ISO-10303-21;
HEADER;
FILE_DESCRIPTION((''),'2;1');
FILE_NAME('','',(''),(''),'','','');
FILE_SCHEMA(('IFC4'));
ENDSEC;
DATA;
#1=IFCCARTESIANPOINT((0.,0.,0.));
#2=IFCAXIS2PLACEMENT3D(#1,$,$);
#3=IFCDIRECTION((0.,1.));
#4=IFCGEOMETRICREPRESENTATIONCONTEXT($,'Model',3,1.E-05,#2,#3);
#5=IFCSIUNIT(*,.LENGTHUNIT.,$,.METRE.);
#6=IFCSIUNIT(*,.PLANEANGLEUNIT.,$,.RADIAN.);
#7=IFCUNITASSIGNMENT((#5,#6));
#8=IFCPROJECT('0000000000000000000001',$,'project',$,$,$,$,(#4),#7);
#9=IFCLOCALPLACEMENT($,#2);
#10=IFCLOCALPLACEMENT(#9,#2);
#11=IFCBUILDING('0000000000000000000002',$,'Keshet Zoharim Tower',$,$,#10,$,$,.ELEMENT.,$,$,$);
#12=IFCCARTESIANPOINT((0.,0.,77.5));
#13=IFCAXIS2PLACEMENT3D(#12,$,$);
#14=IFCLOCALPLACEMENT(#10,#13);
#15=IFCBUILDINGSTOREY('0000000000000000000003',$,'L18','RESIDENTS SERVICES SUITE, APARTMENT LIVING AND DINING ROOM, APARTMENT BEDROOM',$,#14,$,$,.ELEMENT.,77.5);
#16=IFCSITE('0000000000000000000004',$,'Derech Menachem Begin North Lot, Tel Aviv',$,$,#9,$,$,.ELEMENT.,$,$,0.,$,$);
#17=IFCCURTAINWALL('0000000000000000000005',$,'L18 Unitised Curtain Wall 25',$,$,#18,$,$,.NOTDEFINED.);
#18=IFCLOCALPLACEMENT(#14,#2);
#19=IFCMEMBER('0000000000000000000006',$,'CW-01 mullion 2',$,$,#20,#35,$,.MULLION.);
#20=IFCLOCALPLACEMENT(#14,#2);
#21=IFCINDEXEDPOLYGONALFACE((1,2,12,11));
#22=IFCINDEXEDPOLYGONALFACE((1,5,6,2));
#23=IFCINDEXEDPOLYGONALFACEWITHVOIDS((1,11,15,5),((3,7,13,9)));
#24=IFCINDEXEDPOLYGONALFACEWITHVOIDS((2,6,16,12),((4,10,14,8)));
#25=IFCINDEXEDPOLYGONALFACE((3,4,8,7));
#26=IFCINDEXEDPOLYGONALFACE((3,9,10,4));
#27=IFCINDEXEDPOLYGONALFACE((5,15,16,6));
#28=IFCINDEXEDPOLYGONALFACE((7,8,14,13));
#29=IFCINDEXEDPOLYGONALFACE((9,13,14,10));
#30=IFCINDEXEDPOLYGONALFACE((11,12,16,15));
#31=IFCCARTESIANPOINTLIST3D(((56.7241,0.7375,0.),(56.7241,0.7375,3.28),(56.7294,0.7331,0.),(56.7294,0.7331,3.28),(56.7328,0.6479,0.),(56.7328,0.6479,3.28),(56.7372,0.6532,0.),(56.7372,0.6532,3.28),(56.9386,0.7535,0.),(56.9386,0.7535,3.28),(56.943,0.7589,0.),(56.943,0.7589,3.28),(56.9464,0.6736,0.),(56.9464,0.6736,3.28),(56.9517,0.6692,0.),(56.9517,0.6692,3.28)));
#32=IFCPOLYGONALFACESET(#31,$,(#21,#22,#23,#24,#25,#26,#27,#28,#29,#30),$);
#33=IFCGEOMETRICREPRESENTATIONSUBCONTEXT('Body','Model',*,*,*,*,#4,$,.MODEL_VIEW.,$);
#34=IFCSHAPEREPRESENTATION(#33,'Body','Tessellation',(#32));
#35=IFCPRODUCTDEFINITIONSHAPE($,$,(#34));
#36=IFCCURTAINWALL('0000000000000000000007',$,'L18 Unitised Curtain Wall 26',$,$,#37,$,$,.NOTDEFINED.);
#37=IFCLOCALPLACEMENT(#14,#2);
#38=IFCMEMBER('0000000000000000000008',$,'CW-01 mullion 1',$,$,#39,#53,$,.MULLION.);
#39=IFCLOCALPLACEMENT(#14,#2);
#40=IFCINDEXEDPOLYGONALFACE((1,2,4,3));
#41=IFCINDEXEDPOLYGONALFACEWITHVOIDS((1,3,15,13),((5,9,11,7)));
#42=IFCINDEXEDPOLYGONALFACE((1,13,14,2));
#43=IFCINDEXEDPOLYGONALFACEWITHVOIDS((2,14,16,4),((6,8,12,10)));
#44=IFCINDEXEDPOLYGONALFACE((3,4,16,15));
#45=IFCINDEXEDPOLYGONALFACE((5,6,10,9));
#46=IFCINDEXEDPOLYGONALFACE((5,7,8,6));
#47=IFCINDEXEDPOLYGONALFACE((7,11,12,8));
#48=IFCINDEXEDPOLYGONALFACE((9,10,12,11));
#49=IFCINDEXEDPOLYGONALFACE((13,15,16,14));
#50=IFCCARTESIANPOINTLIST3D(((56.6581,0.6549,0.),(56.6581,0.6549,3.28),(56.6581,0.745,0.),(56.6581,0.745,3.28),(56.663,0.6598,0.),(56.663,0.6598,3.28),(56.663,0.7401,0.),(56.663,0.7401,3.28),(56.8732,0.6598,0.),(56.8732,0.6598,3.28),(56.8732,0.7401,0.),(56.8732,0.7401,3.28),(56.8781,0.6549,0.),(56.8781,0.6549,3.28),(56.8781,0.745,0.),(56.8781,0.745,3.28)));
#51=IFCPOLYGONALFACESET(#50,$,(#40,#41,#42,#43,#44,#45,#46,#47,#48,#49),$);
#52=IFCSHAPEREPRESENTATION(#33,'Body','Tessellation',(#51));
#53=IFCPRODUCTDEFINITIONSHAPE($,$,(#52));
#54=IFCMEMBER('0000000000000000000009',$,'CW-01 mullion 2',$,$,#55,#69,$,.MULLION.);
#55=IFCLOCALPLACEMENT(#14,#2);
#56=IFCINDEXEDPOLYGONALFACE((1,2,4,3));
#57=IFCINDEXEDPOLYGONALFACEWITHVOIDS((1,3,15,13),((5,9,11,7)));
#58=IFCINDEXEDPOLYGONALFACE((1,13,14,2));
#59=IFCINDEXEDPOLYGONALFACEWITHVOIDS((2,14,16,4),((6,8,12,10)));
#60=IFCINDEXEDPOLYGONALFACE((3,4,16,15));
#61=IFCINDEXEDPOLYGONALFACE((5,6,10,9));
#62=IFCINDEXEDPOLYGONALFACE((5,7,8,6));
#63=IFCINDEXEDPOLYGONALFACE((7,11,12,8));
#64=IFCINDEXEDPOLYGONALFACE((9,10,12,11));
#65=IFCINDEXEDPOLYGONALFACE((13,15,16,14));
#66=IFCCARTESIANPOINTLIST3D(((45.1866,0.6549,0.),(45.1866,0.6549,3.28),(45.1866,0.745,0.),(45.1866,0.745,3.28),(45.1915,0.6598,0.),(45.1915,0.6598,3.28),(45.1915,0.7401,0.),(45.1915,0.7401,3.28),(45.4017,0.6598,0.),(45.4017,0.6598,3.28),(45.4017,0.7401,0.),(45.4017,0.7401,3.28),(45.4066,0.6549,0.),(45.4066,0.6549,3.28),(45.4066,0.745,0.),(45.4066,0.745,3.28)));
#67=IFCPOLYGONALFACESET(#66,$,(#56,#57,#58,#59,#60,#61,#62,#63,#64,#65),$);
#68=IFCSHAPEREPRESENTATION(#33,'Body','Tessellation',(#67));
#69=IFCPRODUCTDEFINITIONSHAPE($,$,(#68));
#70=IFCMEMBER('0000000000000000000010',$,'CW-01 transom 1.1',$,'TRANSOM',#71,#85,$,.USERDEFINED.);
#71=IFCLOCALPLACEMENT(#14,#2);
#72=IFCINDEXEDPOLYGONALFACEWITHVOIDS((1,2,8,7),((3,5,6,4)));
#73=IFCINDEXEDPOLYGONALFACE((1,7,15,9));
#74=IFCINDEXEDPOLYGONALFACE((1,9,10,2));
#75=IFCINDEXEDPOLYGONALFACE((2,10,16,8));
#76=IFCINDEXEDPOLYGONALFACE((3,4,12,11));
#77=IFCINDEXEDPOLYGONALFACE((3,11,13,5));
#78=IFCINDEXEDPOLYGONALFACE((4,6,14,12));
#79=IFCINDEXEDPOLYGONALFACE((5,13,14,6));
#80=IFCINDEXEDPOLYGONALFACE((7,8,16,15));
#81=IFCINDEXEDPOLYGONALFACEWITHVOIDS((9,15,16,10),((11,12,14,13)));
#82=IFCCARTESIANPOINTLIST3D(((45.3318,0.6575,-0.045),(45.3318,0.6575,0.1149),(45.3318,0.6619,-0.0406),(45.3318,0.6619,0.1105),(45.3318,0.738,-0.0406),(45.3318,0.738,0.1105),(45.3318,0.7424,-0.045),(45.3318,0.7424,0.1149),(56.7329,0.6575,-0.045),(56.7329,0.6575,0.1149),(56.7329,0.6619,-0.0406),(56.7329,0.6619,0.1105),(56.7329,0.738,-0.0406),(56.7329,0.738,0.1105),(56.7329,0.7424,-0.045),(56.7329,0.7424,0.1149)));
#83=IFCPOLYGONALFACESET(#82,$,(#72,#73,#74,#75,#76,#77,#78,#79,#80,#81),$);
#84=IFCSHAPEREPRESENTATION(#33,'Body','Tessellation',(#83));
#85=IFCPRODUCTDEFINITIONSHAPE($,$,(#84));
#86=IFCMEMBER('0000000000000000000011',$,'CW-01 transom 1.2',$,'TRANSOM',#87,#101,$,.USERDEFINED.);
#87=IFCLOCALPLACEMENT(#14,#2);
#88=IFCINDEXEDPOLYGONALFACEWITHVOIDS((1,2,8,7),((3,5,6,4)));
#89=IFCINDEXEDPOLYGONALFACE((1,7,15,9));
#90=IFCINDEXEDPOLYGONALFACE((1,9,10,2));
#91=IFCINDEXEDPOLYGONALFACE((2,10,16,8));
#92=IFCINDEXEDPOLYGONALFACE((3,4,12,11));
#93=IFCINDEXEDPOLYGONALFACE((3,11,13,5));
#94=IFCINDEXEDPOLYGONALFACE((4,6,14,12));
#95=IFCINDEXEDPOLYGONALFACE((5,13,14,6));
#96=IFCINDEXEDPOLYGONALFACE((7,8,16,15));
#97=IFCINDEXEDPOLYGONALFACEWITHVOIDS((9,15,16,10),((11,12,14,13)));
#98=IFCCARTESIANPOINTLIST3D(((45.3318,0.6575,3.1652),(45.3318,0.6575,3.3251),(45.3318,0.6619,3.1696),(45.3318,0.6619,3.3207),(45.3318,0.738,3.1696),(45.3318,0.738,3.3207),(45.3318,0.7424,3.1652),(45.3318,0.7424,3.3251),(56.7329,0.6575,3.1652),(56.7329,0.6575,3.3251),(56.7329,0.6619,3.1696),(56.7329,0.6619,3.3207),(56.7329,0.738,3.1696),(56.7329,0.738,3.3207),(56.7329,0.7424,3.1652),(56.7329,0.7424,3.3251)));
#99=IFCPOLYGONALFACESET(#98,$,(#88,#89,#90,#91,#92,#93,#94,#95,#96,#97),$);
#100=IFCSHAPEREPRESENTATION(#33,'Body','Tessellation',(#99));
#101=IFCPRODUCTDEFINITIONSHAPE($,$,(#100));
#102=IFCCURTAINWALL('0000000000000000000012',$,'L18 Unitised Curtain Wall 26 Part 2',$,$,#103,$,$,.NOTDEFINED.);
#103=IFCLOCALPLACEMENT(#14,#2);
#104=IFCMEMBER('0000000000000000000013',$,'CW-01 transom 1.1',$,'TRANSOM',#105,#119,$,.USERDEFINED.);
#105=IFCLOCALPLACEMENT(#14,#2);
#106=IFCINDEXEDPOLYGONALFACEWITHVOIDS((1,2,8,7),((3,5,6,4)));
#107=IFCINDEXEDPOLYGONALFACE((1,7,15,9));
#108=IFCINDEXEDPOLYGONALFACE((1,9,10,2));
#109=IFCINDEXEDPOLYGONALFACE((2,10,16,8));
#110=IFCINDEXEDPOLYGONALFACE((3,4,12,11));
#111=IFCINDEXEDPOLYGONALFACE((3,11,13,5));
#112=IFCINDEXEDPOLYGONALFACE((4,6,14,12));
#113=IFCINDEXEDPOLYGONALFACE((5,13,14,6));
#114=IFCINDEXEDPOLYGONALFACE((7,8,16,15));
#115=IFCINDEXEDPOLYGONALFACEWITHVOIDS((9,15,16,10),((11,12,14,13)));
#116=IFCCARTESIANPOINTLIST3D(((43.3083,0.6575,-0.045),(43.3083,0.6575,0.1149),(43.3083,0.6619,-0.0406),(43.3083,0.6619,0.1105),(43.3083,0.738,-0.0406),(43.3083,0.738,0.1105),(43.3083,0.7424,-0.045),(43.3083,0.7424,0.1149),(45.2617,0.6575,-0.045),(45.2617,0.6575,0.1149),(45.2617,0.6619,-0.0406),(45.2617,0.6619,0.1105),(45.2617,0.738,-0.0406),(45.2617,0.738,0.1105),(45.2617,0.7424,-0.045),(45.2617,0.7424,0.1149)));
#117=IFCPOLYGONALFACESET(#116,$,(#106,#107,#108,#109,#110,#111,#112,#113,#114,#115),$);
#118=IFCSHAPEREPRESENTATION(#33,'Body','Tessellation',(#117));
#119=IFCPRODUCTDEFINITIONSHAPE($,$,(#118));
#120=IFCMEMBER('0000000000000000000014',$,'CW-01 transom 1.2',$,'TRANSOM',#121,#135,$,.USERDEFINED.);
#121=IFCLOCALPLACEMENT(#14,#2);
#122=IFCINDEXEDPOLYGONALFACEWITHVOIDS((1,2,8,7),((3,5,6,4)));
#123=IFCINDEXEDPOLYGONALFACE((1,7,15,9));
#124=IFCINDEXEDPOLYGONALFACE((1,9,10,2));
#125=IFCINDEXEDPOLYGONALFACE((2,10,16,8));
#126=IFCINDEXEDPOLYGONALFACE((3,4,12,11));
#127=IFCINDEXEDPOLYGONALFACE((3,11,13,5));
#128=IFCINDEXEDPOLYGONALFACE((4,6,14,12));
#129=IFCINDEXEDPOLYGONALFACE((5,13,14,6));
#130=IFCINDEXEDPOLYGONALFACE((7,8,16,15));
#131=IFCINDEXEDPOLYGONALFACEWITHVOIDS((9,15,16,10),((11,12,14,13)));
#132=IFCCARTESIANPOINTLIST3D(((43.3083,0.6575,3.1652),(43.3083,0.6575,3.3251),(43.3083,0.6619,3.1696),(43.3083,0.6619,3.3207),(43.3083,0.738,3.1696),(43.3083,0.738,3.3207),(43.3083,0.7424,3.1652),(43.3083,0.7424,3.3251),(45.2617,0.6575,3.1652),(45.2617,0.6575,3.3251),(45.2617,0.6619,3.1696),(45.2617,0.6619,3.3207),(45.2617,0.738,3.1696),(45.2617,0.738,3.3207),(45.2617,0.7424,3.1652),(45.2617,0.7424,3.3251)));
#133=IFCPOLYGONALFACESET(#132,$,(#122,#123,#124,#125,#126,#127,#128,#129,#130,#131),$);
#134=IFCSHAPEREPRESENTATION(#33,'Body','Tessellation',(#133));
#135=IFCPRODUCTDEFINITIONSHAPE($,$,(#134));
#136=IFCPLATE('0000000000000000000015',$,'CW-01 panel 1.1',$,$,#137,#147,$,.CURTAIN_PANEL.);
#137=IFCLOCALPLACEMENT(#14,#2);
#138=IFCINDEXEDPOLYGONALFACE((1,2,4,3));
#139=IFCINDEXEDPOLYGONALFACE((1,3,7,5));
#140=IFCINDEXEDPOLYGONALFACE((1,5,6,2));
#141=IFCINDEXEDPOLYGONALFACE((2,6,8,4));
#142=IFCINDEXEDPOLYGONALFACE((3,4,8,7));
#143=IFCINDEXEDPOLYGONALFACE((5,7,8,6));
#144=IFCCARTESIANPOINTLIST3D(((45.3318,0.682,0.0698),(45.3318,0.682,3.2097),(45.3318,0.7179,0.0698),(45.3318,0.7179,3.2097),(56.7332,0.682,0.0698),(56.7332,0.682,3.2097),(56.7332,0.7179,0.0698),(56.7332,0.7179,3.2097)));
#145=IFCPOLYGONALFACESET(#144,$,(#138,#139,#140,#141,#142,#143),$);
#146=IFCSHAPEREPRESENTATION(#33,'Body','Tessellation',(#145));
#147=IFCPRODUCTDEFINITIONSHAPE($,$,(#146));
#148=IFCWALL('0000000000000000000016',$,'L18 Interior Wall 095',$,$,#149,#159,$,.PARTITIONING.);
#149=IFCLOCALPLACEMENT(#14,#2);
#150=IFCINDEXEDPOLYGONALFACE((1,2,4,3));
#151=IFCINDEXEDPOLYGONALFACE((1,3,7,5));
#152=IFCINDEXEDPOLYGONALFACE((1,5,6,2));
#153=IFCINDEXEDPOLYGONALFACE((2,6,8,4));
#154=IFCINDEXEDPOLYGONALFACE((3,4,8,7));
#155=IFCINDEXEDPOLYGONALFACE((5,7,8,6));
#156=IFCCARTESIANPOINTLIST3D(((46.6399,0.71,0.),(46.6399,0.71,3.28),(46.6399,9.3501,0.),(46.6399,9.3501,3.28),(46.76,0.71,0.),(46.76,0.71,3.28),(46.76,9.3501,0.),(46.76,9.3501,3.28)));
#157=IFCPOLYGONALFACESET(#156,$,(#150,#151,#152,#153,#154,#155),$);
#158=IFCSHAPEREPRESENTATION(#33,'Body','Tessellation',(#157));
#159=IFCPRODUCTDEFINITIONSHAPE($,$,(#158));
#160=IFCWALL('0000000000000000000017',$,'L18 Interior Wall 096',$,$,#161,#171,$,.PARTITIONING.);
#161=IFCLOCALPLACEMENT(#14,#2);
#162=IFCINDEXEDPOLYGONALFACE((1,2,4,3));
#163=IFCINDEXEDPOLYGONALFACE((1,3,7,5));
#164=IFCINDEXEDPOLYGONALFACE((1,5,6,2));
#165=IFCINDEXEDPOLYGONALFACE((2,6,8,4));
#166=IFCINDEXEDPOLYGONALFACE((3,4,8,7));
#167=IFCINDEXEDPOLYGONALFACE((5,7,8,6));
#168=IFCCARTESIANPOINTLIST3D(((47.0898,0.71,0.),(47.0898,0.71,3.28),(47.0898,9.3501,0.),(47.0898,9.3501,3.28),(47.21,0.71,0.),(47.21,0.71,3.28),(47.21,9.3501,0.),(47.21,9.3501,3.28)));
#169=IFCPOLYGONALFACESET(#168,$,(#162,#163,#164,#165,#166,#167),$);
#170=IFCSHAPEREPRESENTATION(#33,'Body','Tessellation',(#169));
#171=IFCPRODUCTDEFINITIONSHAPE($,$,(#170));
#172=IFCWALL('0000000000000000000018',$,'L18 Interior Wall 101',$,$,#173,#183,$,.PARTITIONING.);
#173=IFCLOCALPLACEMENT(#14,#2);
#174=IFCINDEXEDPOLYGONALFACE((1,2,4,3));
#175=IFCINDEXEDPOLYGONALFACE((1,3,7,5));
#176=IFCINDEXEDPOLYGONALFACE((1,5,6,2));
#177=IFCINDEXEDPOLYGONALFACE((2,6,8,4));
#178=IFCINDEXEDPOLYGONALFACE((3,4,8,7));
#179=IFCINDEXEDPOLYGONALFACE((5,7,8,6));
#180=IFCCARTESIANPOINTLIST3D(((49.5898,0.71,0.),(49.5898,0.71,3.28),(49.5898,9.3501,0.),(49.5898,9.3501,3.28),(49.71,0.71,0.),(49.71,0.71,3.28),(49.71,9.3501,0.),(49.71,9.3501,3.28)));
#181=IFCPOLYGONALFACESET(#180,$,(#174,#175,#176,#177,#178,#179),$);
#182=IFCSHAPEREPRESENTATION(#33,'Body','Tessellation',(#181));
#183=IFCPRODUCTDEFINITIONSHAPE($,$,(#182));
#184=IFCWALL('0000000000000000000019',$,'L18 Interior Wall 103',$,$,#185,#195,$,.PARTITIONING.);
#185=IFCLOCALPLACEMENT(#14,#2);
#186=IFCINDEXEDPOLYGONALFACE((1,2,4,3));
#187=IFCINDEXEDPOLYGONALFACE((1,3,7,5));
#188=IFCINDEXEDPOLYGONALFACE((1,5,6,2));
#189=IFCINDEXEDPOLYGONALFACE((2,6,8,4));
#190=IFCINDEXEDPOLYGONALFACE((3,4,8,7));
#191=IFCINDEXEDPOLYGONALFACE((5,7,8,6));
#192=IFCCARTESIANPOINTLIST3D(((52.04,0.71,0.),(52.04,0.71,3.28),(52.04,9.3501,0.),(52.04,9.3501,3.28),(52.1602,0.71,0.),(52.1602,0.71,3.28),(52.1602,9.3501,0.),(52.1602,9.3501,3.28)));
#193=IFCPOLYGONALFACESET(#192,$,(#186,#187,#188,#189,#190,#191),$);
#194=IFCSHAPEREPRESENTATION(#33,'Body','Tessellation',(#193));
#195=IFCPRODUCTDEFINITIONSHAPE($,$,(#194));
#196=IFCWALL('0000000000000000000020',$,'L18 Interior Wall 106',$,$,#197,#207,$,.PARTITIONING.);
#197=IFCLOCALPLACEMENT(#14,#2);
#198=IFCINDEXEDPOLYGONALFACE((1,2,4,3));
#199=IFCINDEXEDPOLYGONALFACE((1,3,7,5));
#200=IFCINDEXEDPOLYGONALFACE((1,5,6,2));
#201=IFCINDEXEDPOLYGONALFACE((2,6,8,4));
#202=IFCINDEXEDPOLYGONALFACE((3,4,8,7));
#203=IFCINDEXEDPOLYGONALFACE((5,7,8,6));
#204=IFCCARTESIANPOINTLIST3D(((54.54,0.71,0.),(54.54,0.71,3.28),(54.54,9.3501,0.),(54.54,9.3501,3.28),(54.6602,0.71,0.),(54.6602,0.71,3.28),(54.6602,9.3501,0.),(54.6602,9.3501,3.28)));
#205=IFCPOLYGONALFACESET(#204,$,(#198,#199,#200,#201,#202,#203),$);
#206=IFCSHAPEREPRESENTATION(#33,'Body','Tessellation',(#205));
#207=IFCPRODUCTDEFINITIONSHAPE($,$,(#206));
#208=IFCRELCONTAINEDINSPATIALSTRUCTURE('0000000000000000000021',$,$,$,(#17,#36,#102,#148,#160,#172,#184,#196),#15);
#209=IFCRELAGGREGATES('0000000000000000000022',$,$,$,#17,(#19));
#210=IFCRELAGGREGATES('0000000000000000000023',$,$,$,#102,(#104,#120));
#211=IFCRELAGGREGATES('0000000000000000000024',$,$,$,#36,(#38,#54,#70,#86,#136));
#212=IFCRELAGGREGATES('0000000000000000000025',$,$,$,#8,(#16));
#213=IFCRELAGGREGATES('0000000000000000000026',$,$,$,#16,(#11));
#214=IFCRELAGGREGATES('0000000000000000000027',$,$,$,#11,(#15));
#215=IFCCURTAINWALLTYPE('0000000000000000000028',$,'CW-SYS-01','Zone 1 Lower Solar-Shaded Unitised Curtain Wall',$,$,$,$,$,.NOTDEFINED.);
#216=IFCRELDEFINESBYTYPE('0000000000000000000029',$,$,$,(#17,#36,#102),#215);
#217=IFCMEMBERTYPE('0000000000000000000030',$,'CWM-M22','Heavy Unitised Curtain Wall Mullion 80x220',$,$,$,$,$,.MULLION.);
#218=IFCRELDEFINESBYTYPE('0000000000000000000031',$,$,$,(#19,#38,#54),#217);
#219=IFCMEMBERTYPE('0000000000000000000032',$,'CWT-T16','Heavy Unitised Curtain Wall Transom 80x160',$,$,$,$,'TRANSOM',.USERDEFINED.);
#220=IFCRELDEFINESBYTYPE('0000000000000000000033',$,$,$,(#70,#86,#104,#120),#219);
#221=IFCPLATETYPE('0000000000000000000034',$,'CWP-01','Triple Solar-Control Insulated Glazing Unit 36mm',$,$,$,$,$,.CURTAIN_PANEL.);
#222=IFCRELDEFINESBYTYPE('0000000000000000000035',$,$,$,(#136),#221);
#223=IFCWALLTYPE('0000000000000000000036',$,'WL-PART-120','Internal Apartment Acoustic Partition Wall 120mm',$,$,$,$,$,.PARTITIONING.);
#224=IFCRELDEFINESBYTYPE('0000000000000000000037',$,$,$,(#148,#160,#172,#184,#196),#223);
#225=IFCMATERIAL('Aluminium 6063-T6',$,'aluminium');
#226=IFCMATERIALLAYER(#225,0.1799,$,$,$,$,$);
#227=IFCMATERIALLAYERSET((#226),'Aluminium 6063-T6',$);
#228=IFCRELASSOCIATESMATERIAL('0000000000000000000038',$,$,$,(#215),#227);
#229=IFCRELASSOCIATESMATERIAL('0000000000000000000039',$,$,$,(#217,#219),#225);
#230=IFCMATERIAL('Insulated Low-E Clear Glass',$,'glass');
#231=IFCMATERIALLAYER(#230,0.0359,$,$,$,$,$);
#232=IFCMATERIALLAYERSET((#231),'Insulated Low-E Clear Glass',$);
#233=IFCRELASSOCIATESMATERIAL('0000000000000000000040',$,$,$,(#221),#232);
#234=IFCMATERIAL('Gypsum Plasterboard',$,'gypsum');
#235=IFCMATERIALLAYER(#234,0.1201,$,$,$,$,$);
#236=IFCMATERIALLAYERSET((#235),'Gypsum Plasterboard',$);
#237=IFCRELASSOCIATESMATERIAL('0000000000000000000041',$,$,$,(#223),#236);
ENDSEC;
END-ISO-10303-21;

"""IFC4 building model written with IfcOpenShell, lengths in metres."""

from ifc_helpers import new_model, si_unit, direction, frame, frame_2d, origin, origin_2d, place, context, subcontext, project, spatial, rectangle, hollow_rectangle, extrude, material, layer, layer_set, material_profile, profile_set, type_object, element, aggregate, save


model = new_model("IFC4")

# Units and contexts
model_context = context("Model", 3, precision=1e-05, world=origin(), true_north=direction((0.0, 1.0)))
body_context = subcontext(model_context, "Body", "Model", "MODEL_VIEW")
ifc_project = project(units=[si_unit("LENGTHUNIT", "METRE"), si_unit("PLANEANGLEUNIT", "RADIAN")], contexts=[model_context])

# Site, building, storey
site_placement = place(None, origin())
site = spatial("IfcSite", under=ifc_project, at=site_placement, Name="Derech Menachem Begin North Lot, Tel Aviv", CompositionType="ELEMENT", RefElevation=0.0)
building_placement = place(site_placement, origin())
building = spatial("IfcBuilding", under=site, at=building_placement, Name="Keshet Zoharim Tower", CompositionType="ELEMENT")
storey_placement = place(building_placement, frame((0.0, 0.0, 77.5)))
storey = spatial("IfcBuildingStorey", under=building, at=storey_placement, Name="L18", Description="RESIDENTS SERVICES SUITE, APARTMENT LIVING AND DINING ROOM, APARTMENT BEDROOM", CompositionType="ELEMENT", Elevation=77.5)

# Curtain wall, member
ifc_material_1 = material(Name="Aluminium 6063-T6", Category="aluminium")
ifc_layer_1 = layer(ifc_material_1, 0.1799)
ifc_layer_set_1 = layer_set([ifc_layer_1], Name="Aluminium 6063-T6")
curtain_wall_type = type_object("IfcCurtainWallType", Name="CW-SYS-01", Description="Zone 1 Lower Solar-Shaded Unitised Curtain Wall", PredefinedType="NOTDEFINED", material=ifc_layer_set_1)
curtain_wall_1_placement = place(storey_placement, origin())
curtain_wall_1 = element("IfcCurtainWall", 1, at=curtain_wall_1_placement, inside=storey, type_object=curtain_wall_type, Name="L18 Unitised Curtain Wall 25", PredefinedType="NOTDEFINED")
ifc_material_profile_1 = material_profile(ifc_material_1, hollow_rectangle(XDim=0.0901, YDim=0.22, WallThickness=0.0049, at=origin_2d()), Name="MUL-90x220")
ifc_profile_set_1 = profile_set([ifc_material_profile_1], Name="Aluminium 6063-T6")
member_type_1 = type_object("IfcMemberType", Name="CWM-M22", Description="Heavy Unitised Curtain Wall Mullion 80x220", PredefinedType="MULLION", material=ifc_profile_set_1)
member_1_placement = place(storey_placement, frame((56.8379, 0.7034, 0.0), z_axis=(0.0, 0.0, 1.0), x_axis=(0.096977, -0.995287, 0.0)))
member_1 = element("IfcMember", 2, at=member_1_placement, type_object=member_type_1, Name="CW-01 mullion 2", PredefinedType="MULLION", context=body_context, shape_type="SweptSolid", body=[
    extrude(hollow_rectangle(XDim=0.0901, YDim=0.22, WallThickness=0.0049, at=origin_2d()), origin(), (0.0, 0.0, 1.0), 3.28),
])
aggregate(curtain_wall_1, [member_1])

# Curtain walls, members
curtain_wall_2_placement = place(storey_placement, origin())
curtain_wall_2 = element("IfcCurtainWall", 3, at=curtain_wall_2_placement, inside=storey, type_object=curtain_wall_type, Name="L18 Unitised Curtain Wall 26", PredefinedType="NOTDEFINED")
member_2_placement = place(storey_placement, frame((56.7681, 0.7, 0.0), z_axis=(0.0, 0.0, 1.0), x_axis=(0.0, -1.0, 0.0)))
member_2 = element("IfcMember", 4, at=member_2_placement, type_object=member_type_1, Name="CW-01 mullion 1", PredefinedType="MULLION", context=body_context, shape_type="SweptSolid", body=[
    extrude(hollow_rectangle(XDim=0.0901, YDim=0.22, WallThickness=0.0049, at=origin_2d()), origin(), (0.0, 0.0, 1.0), 3.28),
])
member_3_placement = place(storey_placement, frame((45.2966, 0.7, 0.0), z_axis=(0.0, 0.0, 1.0), x_axis=(0.0, -1.0, 0.0)))
member_3 = element("IfcMember", 5, at=member_3_placement, type_object=member_type_1, Name="CW-01 mullion 2", PredefinedType="MULLION", context=body_context, shape_type="SweptSolid", body=[
    extrude(hollow_rectangle(XDim=0.0901, YDim=0.22, WallThickness=0.0049, at=origin_2d()), origin(), (0.0, 0.0, 1.0), 3.28),
])
ifc_material_profile_2 = material_profile(ifc_material_1, hollow_rectangle(XDim=0.085, YDim=0.1599, WallThickness=0.0044, at=origin_2d()), Name="TRN-85x160")
ifc_profile_set_2 = profile_set([ifc_material_profile_2], Name="Aluminium 6063-T6")
member_type_2 = type_object("IfcMemberType", Name="CWT-T16", Description="Heavy Unitised Curtain Wall Transom 80x160", ElementType="TRANSOM", PredefinedType="USERDEFINED", material=ifc_profile_set_2)
member_4_placement = place(storey_placement, frame((56.7329, 0.7, 0.0349), z_axis=(-1.0, 0.0, 0.0), x_axis=(0.0, -1.0, 0.0)))
member_4 = element("IfcMember", 6, at=member_4_placement, type_object=member_type_2, Name="CW-01 transom 1.1", ObjectType="TRANSOM", PredefinedType="USERDEFINED", context=body_context, shape_type="SweptSolid", body=[
    extrude(hollow_rectangle(XDim=0.085, YDim=0.1599, WallThickness=0.0044, at=origin_2d()), origin(), (0.0, 0.0, 1.0), 11.4011),
])
member_5_placement = place(storey_placement, frame((56.7329, 0.7, 3.2451), z_axis=(-1.0, 0.0, 0.0), x_axis=(0.0, -1.0, 0.0)))
member_5 = element("IfcMember", 7, at=member_5_placement, type_object=member_type_2, Name="CW-01 transom 1.2", ObjectType="TRANSOM", PredefinedType="USERDEFINED", context=body_context, shape_type="SweptSolid", body=[
    extrude(hollow_rectangle(XDim=0.085, YDim=0.1599, WallThickness=0.0044, at=origin_2d()), origin(), (0.0, 0.0, 1.0), 11.4011),
])
curtain_wall_3_placement = place(storey_placement, origin())
curtain_wall_3 = element("IfcCurtainWall", 8, at=curtain_wall_3_placement, inside=storey, type_object=curtain_wall_type, Name="L18 Unitised Curtain Wall 26 Part 2", PredefinedType="NOTDEFINED")
member_6_placement = place(storey_placement, frame((45.2617, 0.7, 0.0349), z_axis=(-1.0, 0.0, 0.0), x_axis=(0.0, -1.0, 0.0)))
member_6 = element("IfcMember", 9, at=member_6_placement, type_object=member_type_2, Name="CW-01 transom 1.1", ObjectType="TRANSOM", PredefinedType="USERDEFINED", context=body_context, shape_type="SweptSolid", body=[
    extrude(hollow_rectangle(XDim=0.085, YDim=0.1599, WallThickness=0.0044, at=origin_2d()), origin(), (0.0, 0.0, 1.0), 1.9534),
])
member_7_placement = place(storey_placement, frame((45.2617, 0.7, 3.2451), z_axis=(-1.0, 0.0, 0.0), x_axis=(0.0, -1.0, 0.0)))
member_7 = element("IfcMember", 10, at=member_7_placement, type_object=member_type_2, Name="CW-01 transom 1.2", ObjectType="TRANSOM", PredefinedType="USERDEFINED", context=body_context, shape_type="SweptSolid", body=[
    extrude(hollow_rectangle(XDim=0.085, YDim=0.1599, WallThickness=0.0044, at=origin_2d()), origin(), (0.0, 0.0, 1.0), 1.9534),
])
aggregate(curtain_wall_3, [member_6, member_7])

# Plate
ifc_material_2 = material(Name="Insulated Low-E Clear Glass", Category="glass")
ifc_layer_2 = layer(ifc_material_2, 0.0359)
ifc_layer_set_2 = layer_set([ifc_layer_2], Name="Insulated Low-E Clear Glass")
plate_type = type_object("IfcPlateType", Name="CWP-01", Description="Triple Solar-Control Insulated Glazing Unit 36mm", PredefinedType="CURTAIN_PANEL", material=ifc_layer_set_2)
plate_placement = place(storey_placement, frame((51.0325, 0.7, 0.0698), z_axis=(0.0, 0.0, 1.0), x_axis=(-1.0, 0.0, 0.0)))
plate = element("IfcPlate", 11, at=plate_placement, type_object=plate_type, Name="CW-01 panel 1.1", PredefinedType="CURTAIN_PANEL", context=body_context, shape_type="SweptSolid", body=[
    extrude(rectangle(XDim=11.4014, YDim=0.0359, at=origin_2d()), origin(), (0.0, 0.0, 1.0), 3.1399),
])
aggregate(curtain_wall_2, [member_2, member_3, member_4, member_5, plate])

# Walls
ifc_material_3 = material(Name="Gypsum Plasterboard", Category="gypsum")
ifc_layer_3 = layer(ifc_material_3, 0.1201)
ifc_layer_set_3 = layer_set([ifc_layer_3], Name="Gypsum Plasterboard")
wall_type = type_object("IfcWallType", Name="WL-PART-120", Description="Internal Apartment Acoustic Partition Wall 120mm", PredefinedType="PARTITIONING", material=ifc_layer_set_3)
for number, where, z_axis, x_axis, name in (
    (12, (46.7, 0.71, 0.0), (0.0, 0.0, 1.0), (0.0, 1.0, 0.0), "L18 Interior Wall 095"),
    (13, (47.1499, 0.71, 0.0), (0.0, 0.0, 1.0), (0.0, 1.0, 0.0), "L18 Interior Wall 096"),
    (14, (49.6499, 0.71, 0.0), (0.0, 0.0, 1.0), (0.0, 1.0, 0.0), "L18 Interior Wall 101"),
    (15, (52.1001, 0.71, 0.0), (0.0, 0.0, 1.0), (0.0, 1.0, 0.0), "L18 Interior Wall 103"),
    (16, (54.6001, 0.71, 0.0), (0.0, 0.0, 1.0), (0.0, 1.0, 0.0), "L18 Interior Wall 106"),
):
    element("IfcWall", number, at=place(storey_placement, frame(where, z_axis=z_axis, x_axis=x_axis)), inside=storey, type_object=wall_type, Name=name, PredefinedType="PARTITIONING", context=body_context, shape_type="SweptSolid", body=[
        extrude(rectangle(XDim=8.6401, YDim=0.1201, at=frame_2d((4.3201, 0.0))), origin(), (0.0, 0.0, 1.0), 3.28),
    ])

save(model, "model.ifc")
